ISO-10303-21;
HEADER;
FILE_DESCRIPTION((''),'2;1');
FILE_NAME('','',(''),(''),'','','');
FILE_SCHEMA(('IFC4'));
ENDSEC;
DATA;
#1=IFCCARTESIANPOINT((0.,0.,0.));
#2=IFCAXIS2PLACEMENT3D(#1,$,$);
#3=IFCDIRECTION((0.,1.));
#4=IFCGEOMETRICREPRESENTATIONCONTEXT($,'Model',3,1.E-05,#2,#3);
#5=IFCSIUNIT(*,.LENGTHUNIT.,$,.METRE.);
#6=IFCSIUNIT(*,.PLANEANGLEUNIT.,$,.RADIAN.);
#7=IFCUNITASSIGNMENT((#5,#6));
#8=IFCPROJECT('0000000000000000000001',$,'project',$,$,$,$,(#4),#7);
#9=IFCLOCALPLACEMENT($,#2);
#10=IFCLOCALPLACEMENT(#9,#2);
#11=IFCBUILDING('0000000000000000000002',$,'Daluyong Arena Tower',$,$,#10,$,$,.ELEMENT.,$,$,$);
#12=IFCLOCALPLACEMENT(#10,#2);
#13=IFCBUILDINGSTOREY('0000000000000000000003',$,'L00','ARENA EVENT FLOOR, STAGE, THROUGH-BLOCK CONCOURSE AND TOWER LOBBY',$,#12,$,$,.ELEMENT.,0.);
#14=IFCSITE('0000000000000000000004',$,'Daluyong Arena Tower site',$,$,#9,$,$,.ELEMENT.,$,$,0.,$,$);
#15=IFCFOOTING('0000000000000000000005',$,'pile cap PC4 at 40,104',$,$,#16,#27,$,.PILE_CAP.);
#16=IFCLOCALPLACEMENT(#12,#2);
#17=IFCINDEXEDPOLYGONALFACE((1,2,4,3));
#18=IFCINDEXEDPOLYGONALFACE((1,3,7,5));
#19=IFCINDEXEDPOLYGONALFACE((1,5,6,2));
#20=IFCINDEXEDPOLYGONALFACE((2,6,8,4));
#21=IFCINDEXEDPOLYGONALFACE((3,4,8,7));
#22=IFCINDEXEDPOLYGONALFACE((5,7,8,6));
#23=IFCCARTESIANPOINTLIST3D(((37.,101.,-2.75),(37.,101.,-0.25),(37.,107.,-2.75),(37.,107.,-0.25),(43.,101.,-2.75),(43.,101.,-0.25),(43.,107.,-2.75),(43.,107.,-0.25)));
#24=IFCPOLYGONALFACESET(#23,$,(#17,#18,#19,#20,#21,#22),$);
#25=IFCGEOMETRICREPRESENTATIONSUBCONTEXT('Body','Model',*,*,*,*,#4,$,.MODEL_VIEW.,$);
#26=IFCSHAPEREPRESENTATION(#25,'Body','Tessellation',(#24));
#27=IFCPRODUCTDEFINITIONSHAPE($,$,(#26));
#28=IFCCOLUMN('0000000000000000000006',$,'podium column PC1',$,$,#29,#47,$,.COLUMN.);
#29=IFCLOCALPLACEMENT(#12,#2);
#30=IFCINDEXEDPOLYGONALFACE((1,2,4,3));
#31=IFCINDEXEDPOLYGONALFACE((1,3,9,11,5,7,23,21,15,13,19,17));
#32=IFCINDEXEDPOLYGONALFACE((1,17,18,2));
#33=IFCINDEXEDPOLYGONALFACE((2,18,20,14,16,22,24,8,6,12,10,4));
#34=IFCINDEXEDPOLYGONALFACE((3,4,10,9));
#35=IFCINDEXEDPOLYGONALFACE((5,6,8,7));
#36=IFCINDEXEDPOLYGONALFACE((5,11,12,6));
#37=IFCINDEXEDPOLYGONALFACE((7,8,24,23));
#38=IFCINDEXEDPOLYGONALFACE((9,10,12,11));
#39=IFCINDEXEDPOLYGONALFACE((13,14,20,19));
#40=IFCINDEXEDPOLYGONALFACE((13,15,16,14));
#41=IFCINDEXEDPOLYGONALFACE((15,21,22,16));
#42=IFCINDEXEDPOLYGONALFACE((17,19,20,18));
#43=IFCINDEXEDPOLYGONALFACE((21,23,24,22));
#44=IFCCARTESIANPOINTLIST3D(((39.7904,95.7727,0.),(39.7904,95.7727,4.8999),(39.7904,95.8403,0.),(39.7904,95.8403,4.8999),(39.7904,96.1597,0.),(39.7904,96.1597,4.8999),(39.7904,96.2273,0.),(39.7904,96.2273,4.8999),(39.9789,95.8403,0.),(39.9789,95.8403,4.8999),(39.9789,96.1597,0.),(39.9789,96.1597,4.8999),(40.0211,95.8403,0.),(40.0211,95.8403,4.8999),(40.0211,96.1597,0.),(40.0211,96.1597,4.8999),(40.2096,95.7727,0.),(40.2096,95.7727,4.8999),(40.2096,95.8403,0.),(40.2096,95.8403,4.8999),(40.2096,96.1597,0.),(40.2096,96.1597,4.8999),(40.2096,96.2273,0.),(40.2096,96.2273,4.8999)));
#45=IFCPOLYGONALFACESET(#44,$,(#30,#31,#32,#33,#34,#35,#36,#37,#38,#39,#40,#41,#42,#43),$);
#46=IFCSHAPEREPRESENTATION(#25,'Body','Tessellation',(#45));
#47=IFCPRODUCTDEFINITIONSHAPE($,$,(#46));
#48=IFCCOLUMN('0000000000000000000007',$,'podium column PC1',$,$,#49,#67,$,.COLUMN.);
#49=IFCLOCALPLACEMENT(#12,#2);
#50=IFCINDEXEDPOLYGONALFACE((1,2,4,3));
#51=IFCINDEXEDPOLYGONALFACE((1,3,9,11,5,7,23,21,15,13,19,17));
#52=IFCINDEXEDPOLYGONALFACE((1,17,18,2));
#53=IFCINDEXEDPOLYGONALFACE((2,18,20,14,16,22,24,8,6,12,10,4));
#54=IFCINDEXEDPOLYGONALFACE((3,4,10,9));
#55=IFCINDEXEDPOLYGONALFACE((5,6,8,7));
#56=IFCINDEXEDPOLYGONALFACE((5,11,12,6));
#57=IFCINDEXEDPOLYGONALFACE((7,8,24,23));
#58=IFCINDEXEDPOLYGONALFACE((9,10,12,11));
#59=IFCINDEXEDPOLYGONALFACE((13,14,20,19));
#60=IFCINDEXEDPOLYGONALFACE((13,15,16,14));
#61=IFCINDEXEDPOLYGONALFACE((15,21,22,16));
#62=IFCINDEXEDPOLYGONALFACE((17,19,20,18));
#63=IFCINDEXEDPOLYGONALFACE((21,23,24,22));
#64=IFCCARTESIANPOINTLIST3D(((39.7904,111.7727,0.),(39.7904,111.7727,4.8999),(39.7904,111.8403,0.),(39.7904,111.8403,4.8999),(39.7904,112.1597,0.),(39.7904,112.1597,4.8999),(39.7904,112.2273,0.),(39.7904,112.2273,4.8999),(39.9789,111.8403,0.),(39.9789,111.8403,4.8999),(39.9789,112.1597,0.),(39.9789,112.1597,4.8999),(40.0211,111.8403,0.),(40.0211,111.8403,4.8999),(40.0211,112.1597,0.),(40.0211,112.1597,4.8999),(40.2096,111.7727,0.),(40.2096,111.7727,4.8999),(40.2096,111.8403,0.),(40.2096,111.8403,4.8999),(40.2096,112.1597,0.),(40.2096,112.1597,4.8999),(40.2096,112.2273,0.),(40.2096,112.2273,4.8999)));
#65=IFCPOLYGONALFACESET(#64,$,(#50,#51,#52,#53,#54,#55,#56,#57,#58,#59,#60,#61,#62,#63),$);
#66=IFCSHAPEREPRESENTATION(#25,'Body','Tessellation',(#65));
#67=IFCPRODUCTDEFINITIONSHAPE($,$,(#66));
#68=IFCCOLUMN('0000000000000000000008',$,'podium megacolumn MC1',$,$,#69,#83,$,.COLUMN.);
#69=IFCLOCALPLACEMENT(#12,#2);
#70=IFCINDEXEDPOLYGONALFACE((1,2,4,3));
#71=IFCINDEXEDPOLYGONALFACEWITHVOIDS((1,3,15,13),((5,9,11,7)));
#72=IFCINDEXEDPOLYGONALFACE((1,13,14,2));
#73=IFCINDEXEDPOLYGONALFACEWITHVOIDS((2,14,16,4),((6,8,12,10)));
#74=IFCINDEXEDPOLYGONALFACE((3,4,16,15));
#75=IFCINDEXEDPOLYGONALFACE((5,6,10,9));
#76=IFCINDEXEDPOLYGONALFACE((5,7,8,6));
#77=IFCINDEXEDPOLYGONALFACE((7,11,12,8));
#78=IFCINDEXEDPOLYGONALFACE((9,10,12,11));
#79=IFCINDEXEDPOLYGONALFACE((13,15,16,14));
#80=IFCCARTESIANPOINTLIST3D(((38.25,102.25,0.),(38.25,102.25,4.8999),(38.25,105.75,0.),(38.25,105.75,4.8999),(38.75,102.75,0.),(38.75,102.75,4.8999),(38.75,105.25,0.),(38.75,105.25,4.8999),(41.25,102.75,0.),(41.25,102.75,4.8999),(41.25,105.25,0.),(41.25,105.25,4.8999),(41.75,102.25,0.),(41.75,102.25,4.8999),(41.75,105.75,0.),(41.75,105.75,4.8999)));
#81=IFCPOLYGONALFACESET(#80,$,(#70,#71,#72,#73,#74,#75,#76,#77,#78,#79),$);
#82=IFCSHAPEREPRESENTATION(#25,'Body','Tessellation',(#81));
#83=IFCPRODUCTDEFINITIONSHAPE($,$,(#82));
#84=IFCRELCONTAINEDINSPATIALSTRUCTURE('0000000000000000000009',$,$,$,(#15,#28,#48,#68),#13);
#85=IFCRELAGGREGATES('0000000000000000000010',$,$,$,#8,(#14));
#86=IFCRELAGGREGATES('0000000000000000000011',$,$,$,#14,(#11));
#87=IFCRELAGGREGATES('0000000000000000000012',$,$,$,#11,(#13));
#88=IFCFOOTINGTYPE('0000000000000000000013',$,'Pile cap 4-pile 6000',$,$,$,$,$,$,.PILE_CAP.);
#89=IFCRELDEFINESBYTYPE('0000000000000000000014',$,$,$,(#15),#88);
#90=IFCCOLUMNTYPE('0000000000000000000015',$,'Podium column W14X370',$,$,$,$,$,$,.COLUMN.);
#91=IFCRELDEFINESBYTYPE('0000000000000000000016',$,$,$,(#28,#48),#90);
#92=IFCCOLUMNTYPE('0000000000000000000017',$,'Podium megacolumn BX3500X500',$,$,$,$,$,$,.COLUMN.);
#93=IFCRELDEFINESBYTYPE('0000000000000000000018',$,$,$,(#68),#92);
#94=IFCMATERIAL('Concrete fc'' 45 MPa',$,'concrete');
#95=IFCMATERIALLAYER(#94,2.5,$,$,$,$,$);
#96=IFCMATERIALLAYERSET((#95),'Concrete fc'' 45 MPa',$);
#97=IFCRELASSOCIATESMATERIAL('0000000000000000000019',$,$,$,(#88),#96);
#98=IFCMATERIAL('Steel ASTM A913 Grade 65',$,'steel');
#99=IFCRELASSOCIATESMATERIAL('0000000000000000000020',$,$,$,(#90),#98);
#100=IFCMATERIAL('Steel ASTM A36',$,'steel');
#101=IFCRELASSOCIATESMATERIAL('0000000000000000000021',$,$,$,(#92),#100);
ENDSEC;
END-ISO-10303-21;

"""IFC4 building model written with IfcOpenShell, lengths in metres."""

from ifc_helpers import new_model, si_unit, direction, frame, origin, origin_2d, place, context, subcontext, project, spatial, rectangle, hollow_rectangle, i_section, extrude, material, layer, layer_set, material_profile, profile_set, type_object, element, save


model = new_model("IFC4")

# Units and contexts
model_context = context("Model", 3, precision=1e-05, world=origin(), true_north=direction((0.0, 1.0)))
body_context = subcontext(model_context, "Body", "Model", "MODEL_VIEW")
ifc_project = project(units=[si_unit("LENGTHUNIT", "METRE"), si_unit("PLANEANGLEUNIT", "RADIAN")], contexts=[model_context])

# Site, building, storey
site_placement = place(None, origin())
site = spatial("IfcSite", under=ifc_project, at=site_placement, Name="Daluyong Arena Tower site", CompositionType="ELEMENT", RefElevation=0.0)
building_placement = place(site_placement, origin())
building = spatial("IfcBuilding", under=site, at=building_placement, Name="Daluyong Arena Tower", CompositionType="ELEMENT")
storey_placement = place(building_placement, origin())
storey = spatial("IfcBuildingStorey", under=building, at=storey_placement, Name="L00", Description="ARENA EVENT FLOOR, STAGE, THROUGH-BLOCK CONCOURSE AND TOWER LOBBY", CompositionType="ELEMENT", Elevation=0.0)

# Footing
ifc_material_1 = material(Name="Concrete fc' 45 MPa", Category="concrete")
ifc_layer_1 = layer(ifc_material_1, 2.5)
ifc_layer_set_1 = layer_set([ifc_layer_1], Name="Concrete fc' 45 MPa")
footing_type_1 = type_object("IfcFootingType", Name="Pile cap 4-pile 6000", PredefinedType="PILE_CAP", material=ifc_layer_set_1)
footing_placement = place(storey_placement, frame((40.0, 104.0, -2.75), z_axis=(0.0, 0.0, 1.0), x_axis=(1.0, 0.0, 0.0)))
element("IfcFooting", 1, at=footing_placement, inside=storey, type_object=footing_type_1, Name="pile cap PC4 at 40,104", PredefinedType="PILE_CAP", context=body_context, shape_type="SweptSolid", body=[
    extrude(rectangle(XDim=6.0, YDim=6.0, at=origin_2d()), origin(), (0.0, 0.0, 1.0), 2.5),
])

# Columns
ifc_material_2 = material(Name="Steel ASTM A913 Grade 65", Category="steel")
ifc_material_profile_1 = material_profile(ifc_material_2, i_section(OverallWidth=0.4192, OverallDepth=0.4546, WebThickness=0.0422, FlangeThickness=0.0676, at=origin_2d()))
ifc_profile_set_1 = profile_set([ifc_material_profile_1], Name="Steel ASTM A913 Grade 65")
column_type_1 = type_object("IfcColumnType", Name="Podium column W14X370", PredefinedType="COLUMN", material=ifc_profile_set_1)
for number, where, z_axis, x_axis, name in (
    (2, (40.0, 96.0, 0.0), (0.0, 0.0, 1.0), (1.0, 0.0, 0.0), "podium column PC1"),
    (3, (40.0, 112.0, 0.0), (0.0, 0.0, 1.0), (1.0, 0.0, 0.0), "podium column PC1"),
):
    element("IfcColumn", number, at=place(storey_placement, frame(where, z_axis=z_axis, x_axis=x_axis)), inside=storey, type_object=column_type_1, Name=name, PredefinedType="COLUMN", context=body_context, shape_type="SweptSolid", body=[
        extrude(i_section(OverallWidth=0.4192, OverallDepth=0.4546, WebThickness=0.0422, FlangeThickness=0.0676, at=origin_2d()), origin(), (0.0, 0.0, 1.0), 4.8999),
    ])
ifc_material_3 = material(Name="Steel ASTM A36", Category="steel")
ifc_material_profile_2 = material_profile(ifc_material_3, hollow_rectangle(XDim=3.5, YDim=3.5, WallThickness=0.5, at=origin_2d()))
ifc_profile_set_2 = profile_set([ifc_material_profile_2], Name="Steel ASTM A36")
column_type_2 = type_object("IfcColumnType", Name="Podium megacolumn BX3500X500", PredefinedType="COLUMN", material=ifc_profile_set_2)
column_placement = place(storey_placement, frame((40.0, 104.0, 0.0), z_axis=(0.0, 0.0, 1.0), x_axis=(1.0, 0.0, 0.0)))
element("IfcColumn", 4, at=column_placement, inside=storey, type_object=column_type_2, Name="podium megacolumn MC1", PredefinedType="COLUMN", context=body_context, shape_type="SweptSolid", body=[
    extrude(hollow_rectangle(XDim=3.5, YDim=3.5, WallThickness=0.5, at=origin_2d()), origin(), (0.0, 0.0, 1.0), 4.8999),
])

save(model, "model.ifc")
